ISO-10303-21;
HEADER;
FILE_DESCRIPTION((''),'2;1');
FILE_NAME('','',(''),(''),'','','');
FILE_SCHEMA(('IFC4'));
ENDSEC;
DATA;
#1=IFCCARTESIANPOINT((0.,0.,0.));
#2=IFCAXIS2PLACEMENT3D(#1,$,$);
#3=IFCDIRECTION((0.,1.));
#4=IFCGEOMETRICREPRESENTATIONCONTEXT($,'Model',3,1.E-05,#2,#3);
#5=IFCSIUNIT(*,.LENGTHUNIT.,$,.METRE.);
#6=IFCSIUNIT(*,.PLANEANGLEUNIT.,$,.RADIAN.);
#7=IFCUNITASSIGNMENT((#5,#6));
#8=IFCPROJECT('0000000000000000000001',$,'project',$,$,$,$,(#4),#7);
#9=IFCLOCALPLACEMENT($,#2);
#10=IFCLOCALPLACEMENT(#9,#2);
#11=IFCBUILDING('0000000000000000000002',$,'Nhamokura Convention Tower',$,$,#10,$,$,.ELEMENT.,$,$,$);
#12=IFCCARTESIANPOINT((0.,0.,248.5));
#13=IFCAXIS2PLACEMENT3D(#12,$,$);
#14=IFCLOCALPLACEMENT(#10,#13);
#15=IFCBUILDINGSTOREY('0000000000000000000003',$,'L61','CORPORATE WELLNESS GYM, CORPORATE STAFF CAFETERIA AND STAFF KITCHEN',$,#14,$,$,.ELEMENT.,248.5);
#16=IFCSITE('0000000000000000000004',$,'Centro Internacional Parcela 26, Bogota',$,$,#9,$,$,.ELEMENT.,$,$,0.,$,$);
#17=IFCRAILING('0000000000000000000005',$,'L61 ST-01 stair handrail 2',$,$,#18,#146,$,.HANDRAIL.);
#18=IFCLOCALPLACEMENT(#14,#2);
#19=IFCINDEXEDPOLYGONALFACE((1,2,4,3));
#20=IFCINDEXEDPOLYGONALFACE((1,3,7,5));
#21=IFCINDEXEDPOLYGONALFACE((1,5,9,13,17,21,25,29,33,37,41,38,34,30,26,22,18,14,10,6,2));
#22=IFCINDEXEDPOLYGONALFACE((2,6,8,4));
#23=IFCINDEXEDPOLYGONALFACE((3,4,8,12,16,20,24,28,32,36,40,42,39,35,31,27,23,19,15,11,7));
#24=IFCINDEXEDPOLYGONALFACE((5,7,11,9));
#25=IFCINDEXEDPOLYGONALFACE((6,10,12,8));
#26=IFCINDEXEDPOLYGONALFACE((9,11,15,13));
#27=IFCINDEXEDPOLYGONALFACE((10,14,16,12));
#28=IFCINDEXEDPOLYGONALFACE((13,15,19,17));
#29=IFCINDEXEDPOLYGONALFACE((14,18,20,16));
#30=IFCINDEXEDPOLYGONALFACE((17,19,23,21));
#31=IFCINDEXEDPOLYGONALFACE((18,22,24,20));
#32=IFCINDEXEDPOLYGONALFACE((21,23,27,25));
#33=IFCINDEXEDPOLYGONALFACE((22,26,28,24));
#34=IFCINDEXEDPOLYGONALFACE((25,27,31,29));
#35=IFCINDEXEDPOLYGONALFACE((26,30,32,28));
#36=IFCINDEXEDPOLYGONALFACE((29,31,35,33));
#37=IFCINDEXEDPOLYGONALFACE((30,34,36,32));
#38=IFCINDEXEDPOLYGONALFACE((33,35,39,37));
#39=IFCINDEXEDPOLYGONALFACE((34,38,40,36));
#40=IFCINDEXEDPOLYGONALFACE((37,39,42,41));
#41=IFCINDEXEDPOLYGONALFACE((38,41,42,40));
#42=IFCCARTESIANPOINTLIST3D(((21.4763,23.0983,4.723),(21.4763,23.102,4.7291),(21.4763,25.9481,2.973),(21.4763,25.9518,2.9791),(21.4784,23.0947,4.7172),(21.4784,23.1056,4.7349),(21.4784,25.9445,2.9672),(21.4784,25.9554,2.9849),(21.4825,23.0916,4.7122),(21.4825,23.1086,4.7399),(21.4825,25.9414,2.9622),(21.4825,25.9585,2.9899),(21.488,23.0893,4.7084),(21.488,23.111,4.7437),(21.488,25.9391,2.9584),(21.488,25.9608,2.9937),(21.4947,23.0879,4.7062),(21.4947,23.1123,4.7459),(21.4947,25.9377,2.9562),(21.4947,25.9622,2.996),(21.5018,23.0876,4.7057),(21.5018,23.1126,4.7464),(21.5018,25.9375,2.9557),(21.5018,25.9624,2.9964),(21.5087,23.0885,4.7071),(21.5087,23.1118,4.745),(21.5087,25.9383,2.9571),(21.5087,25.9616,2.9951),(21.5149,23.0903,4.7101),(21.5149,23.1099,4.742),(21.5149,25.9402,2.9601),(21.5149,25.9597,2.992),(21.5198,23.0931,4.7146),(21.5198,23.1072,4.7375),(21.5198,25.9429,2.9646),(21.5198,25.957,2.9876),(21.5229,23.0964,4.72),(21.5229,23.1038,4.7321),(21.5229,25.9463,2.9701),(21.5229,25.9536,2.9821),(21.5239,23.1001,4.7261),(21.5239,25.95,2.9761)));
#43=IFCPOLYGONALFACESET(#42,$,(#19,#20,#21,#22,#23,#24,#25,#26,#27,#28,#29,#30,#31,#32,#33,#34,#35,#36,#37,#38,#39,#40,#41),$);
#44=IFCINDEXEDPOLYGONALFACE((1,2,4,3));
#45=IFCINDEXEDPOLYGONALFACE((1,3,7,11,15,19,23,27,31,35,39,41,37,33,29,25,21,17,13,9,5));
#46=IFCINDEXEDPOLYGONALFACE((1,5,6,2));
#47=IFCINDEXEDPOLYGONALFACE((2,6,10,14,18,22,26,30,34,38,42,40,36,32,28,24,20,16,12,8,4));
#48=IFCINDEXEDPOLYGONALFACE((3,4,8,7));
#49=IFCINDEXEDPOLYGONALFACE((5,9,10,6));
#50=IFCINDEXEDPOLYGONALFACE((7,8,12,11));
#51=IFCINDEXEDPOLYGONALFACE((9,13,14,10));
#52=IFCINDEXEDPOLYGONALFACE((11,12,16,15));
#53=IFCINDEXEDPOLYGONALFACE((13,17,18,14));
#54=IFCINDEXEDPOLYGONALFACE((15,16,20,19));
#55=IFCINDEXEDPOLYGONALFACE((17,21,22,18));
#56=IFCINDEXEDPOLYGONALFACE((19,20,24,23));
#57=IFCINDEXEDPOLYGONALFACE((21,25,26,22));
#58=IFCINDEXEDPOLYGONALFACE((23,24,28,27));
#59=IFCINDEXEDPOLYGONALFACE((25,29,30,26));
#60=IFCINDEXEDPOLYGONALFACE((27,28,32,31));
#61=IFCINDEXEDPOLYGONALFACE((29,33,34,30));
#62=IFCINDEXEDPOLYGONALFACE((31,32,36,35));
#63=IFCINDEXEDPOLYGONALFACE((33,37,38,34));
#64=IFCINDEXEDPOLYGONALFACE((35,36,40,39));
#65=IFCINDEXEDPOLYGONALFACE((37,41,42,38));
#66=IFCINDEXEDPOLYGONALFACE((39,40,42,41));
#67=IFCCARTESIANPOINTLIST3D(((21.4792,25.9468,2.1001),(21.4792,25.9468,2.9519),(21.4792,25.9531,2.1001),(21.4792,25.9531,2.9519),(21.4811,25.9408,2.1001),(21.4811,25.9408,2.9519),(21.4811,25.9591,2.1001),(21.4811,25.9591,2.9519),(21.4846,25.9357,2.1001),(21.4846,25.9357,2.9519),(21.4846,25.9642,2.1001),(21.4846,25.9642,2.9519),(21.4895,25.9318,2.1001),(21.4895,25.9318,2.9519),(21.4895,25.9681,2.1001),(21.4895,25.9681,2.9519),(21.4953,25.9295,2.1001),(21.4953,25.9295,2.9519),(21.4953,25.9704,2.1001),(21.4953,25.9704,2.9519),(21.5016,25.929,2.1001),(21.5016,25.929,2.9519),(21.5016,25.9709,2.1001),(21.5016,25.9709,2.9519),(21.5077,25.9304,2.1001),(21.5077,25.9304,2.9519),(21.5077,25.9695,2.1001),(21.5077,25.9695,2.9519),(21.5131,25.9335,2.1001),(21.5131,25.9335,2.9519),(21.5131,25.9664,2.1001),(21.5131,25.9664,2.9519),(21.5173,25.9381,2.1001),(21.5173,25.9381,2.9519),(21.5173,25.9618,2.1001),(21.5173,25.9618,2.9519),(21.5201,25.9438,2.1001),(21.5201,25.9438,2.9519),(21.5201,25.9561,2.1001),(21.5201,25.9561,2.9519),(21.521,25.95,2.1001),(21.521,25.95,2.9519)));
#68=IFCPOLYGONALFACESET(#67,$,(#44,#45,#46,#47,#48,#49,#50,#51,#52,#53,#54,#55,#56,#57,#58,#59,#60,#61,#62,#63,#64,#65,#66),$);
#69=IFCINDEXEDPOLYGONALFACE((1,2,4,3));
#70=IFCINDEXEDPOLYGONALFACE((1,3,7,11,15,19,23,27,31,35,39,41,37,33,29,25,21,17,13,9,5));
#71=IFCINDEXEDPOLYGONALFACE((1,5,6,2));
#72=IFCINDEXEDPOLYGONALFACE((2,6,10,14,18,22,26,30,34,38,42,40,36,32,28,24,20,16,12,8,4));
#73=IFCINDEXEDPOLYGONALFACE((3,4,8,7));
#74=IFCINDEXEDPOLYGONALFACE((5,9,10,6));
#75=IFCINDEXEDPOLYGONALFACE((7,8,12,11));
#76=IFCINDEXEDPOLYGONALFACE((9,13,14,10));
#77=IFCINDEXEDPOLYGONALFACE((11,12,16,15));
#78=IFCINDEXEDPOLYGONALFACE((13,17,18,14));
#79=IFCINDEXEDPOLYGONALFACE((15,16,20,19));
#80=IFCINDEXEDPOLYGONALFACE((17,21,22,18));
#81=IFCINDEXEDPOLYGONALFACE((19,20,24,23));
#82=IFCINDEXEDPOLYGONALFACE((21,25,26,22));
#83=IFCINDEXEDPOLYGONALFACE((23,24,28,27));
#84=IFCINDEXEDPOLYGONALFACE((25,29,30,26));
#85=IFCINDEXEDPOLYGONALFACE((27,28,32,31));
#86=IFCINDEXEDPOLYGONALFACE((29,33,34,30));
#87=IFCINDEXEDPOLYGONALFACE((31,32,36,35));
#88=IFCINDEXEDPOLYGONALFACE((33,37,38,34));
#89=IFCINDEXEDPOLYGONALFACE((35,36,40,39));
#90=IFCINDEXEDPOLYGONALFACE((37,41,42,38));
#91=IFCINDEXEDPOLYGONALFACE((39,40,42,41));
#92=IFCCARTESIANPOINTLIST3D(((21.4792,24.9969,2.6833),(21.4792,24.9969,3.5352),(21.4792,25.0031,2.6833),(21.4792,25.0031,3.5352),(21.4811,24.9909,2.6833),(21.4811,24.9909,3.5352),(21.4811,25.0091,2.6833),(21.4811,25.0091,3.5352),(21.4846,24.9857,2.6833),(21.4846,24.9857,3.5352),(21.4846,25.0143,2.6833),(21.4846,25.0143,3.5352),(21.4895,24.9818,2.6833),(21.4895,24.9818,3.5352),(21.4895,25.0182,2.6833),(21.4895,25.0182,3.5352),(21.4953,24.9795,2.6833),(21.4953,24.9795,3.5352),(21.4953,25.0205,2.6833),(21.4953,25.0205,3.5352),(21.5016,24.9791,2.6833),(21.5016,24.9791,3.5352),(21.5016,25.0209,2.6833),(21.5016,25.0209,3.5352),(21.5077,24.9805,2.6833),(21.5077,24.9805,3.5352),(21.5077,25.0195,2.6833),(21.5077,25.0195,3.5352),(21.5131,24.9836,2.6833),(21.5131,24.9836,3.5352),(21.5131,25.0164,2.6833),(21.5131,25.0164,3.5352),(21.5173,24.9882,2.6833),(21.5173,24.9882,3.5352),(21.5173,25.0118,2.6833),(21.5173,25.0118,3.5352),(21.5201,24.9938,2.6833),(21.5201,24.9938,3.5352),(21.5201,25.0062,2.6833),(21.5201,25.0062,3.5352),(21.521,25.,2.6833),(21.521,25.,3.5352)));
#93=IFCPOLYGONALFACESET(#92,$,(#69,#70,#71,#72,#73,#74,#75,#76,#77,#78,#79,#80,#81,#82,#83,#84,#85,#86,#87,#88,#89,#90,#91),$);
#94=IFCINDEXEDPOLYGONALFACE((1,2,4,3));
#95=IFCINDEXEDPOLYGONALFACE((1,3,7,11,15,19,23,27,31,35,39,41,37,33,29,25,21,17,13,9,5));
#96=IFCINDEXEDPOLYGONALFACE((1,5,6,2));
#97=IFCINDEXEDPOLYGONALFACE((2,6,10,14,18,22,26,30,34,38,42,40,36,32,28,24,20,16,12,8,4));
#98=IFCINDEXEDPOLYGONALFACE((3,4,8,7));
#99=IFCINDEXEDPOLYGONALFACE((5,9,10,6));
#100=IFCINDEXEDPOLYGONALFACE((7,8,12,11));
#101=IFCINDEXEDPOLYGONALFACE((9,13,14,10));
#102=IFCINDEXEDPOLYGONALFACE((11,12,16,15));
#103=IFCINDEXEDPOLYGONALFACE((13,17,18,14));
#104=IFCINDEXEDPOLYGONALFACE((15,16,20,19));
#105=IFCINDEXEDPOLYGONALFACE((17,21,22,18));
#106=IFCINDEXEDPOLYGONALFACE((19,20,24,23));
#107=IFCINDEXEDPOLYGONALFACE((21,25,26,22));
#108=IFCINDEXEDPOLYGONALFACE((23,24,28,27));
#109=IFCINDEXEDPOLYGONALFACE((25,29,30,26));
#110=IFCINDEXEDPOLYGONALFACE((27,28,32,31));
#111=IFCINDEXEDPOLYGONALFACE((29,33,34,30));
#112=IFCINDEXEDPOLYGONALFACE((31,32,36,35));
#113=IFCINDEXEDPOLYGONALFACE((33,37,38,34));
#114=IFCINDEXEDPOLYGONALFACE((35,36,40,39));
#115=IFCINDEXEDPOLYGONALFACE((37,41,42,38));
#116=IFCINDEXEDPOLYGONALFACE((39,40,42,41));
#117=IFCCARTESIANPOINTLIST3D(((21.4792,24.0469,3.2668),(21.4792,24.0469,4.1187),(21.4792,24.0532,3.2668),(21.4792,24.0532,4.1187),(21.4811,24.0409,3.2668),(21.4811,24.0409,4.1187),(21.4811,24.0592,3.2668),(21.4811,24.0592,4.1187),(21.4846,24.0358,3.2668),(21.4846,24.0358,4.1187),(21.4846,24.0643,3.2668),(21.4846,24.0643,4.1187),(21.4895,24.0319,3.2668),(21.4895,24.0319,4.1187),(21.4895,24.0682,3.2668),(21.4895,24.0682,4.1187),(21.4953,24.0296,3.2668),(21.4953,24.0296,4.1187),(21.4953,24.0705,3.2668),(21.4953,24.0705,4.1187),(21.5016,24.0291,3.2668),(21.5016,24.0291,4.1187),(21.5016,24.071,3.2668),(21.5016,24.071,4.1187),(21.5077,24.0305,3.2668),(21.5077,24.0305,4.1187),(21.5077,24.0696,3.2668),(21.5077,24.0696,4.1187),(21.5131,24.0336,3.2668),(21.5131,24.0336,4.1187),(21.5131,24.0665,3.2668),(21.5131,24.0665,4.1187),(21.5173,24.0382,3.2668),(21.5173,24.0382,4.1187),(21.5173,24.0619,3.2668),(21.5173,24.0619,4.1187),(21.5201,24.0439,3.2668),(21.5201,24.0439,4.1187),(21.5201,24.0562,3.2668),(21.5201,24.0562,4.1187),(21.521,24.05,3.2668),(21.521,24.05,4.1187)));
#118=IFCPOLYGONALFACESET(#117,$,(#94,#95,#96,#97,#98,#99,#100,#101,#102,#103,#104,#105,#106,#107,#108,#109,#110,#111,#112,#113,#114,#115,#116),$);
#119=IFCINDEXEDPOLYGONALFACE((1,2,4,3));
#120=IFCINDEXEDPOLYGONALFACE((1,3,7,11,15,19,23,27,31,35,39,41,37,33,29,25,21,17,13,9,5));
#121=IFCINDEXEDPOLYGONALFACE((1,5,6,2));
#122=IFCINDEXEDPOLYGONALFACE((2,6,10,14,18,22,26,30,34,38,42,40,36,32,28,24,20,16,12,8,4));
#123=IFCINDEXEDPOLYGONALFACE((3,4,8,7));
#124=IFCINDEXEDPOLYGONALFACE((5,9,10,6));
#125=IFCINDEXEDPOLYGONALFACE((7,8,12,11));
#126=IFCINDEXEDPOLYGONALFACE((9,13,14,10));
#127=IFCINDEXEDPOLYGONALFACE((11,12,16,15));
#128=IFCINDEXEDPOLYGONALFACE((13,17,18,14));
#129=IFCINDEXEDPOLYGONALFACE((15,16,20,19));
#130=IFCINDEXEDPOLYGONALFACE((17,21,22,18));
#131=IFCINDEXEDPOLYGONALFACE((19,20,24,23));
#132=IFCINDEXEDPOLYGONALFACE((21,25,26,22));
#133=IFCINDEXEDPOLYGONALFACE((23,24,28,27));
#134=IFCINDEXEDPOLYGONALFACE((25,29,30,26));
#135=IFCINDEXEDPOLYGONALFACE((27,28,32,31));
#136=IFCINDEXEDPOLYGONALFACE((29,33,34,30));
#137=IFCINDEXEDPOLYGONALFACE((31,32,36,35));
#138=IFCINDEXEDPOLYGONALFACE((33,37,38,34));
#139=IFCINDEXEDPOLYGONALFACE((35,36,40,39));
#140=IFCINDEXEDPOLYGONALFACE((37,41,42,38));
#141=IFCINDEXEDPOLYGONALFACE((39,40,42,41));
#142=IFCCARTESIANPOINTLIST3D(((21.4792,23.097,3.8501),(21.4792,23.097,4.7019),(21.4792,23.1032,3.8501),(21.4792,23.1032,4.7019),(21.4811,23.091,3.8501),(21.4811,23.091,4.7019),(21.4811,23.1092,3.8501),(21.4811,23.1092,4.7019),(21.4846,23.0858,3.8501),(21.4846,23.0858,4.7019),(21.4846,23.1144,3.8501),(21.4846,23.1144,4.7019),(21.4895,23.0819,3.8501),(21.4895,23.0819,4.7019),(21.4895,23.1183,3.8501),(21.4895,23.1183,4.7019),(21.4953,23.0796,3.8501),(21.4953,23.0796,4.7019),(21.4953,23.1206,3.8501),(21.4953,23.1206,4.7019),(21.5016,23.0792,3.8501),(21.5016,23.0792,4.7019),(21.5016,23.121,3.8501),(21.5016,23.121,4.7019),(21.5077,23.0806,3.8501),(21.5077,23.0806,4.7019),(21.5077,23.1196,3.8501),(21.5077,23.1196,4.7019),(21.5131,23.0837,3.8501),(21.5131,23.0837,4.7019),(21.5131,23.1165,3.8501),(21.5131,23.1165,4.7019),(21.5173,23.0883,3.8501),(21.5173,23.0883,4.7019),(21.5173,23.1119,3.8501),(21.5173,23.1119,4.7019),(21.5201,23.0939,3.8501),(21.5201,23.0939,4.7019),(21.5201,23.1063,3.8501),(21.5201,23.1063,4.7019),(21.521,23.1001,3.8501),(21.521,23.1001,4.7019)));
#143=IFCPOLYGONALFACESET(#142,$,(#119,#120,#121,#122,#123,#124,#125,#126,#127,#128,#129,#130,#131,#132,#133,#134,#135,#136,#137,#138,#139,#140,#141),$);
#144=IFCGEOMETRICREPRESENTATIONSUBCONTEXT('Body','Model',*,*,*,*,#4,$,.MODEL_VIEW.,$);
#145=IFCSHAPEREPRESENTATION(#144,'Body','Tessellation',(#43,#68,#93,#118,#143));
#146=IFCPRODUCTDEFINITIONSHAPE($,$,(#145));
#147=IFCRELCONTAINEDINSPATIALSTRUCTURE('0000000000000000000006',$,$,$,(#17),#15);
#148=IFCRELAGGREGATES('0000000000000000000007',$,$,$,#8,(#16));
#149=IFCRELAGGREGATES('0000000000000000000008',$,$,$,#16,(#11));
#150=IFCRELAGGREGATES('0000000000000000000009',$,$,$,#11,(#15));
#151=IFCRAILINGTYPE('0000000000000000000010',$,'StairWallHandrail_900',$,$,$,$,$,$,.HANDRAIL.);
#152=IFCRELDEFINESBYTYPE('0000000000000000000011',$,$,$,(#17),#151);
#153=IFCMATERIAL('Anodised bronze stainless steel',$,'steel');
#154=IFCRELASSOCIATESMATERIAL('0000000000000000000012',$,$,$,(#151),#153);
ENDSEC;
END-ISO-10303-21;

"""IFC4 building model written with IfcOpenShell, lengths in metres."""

from ifc_helpers import new_model, si_unit, direction, frame, origin, origin_2d, place, context, subcontext, project, spatial, circle, extrude, material, type_object, element, save


model = new_model("IFC4")

# Units and contexts
model_context = context("Model", 3, precision=1e-05, world=origin(), true_north=direction((0.0, 1.0)))
body_context = subcontext(model_context, "Body", "Model", "MODEL_VIEW")
ifc_project = project(units=[si_unit("LENGTHUNIT", "METRE"), si_unit("PLANEANGLEUNIT", "RADIAN")], contexts=[model_context])

# Site, building, storey
site_placement = place(None, origin())
site = spatial("IfcSite", under=ifc_project, at=site_placement, Name="Centro Internacional Parcela 26, Bogota", CompositionType="ELEMENT", RefElevation=0.0)
building_placement = place(site_placement, origin())
building = spatial("IfcBuilding", under=site, at=building_placement, Name="Nhamokura Convention Tower", CompositionType="ELEMENT")
storey_placement = place(building_placement, frame((0.0, 0.0, 248.5)))
storey = spatial("IfcBuildingStorey", under=building, at=storey_placement, Name="L61", Description="CORPORATE WELLNESS GYM, CORPORATE STAFF CAFETERIA AND STAFF KITCHEN", CompositionType="ELEMENT", Elevation=248.5)

# Railing
ifc_material_1 = material(Name="Anodised bronze stainless steel", Category="steel")
railing_type_1 = type_object("IfcRailingType", Name="StairWallHandrail_900", PredefinedType="HANDRAIL", material=ifc_material_1)
railing_1_placement = place(storey_placement, frame((21.5, 25.95, 2.1001)))
element("IfcRailing", 1, at=railing_1_placement, inside=storey, type_object=railing_type_1, Name="L61 ST-01 stair handrail 2", PredefinedType="HANDRAIL", context=body_context, shape_type="SweptSolid", body=[
    extrude(circle(Radius=0.0239, at=origin_2d()), frame((0.0, 0.0, 0.876), z_axis=(0.0, -0.852159, 0.523283), x_axis=(1.0, 0.0, 0.0)), (0.0, 0.0, 1.0), 3.3442),
    extrude(circle(Radius=0.021, at=origin_2d()), origin(), (0.0, 0.0, 1.0), 0.8518),
    extrude(circle(Radius=0.021, at=origin_2d()), frame((0.0, -0.95, 0.5833)), (0.0, 0.0, 1.0), 0.8518),
    extrude(circle(Radius=0.021, at=origin_2d()), frame((0.0, -1.8999, 1.1667)), (0.0, 0.0, 1.0), 0.8518),
    extrude(circle(Radius=0.021, at=origin_2d()), frame((0.0, -2.8499, 1.75)), (0.0, 0.0, 1.0), 0.8518),
])

save(model, "model.ifc")
